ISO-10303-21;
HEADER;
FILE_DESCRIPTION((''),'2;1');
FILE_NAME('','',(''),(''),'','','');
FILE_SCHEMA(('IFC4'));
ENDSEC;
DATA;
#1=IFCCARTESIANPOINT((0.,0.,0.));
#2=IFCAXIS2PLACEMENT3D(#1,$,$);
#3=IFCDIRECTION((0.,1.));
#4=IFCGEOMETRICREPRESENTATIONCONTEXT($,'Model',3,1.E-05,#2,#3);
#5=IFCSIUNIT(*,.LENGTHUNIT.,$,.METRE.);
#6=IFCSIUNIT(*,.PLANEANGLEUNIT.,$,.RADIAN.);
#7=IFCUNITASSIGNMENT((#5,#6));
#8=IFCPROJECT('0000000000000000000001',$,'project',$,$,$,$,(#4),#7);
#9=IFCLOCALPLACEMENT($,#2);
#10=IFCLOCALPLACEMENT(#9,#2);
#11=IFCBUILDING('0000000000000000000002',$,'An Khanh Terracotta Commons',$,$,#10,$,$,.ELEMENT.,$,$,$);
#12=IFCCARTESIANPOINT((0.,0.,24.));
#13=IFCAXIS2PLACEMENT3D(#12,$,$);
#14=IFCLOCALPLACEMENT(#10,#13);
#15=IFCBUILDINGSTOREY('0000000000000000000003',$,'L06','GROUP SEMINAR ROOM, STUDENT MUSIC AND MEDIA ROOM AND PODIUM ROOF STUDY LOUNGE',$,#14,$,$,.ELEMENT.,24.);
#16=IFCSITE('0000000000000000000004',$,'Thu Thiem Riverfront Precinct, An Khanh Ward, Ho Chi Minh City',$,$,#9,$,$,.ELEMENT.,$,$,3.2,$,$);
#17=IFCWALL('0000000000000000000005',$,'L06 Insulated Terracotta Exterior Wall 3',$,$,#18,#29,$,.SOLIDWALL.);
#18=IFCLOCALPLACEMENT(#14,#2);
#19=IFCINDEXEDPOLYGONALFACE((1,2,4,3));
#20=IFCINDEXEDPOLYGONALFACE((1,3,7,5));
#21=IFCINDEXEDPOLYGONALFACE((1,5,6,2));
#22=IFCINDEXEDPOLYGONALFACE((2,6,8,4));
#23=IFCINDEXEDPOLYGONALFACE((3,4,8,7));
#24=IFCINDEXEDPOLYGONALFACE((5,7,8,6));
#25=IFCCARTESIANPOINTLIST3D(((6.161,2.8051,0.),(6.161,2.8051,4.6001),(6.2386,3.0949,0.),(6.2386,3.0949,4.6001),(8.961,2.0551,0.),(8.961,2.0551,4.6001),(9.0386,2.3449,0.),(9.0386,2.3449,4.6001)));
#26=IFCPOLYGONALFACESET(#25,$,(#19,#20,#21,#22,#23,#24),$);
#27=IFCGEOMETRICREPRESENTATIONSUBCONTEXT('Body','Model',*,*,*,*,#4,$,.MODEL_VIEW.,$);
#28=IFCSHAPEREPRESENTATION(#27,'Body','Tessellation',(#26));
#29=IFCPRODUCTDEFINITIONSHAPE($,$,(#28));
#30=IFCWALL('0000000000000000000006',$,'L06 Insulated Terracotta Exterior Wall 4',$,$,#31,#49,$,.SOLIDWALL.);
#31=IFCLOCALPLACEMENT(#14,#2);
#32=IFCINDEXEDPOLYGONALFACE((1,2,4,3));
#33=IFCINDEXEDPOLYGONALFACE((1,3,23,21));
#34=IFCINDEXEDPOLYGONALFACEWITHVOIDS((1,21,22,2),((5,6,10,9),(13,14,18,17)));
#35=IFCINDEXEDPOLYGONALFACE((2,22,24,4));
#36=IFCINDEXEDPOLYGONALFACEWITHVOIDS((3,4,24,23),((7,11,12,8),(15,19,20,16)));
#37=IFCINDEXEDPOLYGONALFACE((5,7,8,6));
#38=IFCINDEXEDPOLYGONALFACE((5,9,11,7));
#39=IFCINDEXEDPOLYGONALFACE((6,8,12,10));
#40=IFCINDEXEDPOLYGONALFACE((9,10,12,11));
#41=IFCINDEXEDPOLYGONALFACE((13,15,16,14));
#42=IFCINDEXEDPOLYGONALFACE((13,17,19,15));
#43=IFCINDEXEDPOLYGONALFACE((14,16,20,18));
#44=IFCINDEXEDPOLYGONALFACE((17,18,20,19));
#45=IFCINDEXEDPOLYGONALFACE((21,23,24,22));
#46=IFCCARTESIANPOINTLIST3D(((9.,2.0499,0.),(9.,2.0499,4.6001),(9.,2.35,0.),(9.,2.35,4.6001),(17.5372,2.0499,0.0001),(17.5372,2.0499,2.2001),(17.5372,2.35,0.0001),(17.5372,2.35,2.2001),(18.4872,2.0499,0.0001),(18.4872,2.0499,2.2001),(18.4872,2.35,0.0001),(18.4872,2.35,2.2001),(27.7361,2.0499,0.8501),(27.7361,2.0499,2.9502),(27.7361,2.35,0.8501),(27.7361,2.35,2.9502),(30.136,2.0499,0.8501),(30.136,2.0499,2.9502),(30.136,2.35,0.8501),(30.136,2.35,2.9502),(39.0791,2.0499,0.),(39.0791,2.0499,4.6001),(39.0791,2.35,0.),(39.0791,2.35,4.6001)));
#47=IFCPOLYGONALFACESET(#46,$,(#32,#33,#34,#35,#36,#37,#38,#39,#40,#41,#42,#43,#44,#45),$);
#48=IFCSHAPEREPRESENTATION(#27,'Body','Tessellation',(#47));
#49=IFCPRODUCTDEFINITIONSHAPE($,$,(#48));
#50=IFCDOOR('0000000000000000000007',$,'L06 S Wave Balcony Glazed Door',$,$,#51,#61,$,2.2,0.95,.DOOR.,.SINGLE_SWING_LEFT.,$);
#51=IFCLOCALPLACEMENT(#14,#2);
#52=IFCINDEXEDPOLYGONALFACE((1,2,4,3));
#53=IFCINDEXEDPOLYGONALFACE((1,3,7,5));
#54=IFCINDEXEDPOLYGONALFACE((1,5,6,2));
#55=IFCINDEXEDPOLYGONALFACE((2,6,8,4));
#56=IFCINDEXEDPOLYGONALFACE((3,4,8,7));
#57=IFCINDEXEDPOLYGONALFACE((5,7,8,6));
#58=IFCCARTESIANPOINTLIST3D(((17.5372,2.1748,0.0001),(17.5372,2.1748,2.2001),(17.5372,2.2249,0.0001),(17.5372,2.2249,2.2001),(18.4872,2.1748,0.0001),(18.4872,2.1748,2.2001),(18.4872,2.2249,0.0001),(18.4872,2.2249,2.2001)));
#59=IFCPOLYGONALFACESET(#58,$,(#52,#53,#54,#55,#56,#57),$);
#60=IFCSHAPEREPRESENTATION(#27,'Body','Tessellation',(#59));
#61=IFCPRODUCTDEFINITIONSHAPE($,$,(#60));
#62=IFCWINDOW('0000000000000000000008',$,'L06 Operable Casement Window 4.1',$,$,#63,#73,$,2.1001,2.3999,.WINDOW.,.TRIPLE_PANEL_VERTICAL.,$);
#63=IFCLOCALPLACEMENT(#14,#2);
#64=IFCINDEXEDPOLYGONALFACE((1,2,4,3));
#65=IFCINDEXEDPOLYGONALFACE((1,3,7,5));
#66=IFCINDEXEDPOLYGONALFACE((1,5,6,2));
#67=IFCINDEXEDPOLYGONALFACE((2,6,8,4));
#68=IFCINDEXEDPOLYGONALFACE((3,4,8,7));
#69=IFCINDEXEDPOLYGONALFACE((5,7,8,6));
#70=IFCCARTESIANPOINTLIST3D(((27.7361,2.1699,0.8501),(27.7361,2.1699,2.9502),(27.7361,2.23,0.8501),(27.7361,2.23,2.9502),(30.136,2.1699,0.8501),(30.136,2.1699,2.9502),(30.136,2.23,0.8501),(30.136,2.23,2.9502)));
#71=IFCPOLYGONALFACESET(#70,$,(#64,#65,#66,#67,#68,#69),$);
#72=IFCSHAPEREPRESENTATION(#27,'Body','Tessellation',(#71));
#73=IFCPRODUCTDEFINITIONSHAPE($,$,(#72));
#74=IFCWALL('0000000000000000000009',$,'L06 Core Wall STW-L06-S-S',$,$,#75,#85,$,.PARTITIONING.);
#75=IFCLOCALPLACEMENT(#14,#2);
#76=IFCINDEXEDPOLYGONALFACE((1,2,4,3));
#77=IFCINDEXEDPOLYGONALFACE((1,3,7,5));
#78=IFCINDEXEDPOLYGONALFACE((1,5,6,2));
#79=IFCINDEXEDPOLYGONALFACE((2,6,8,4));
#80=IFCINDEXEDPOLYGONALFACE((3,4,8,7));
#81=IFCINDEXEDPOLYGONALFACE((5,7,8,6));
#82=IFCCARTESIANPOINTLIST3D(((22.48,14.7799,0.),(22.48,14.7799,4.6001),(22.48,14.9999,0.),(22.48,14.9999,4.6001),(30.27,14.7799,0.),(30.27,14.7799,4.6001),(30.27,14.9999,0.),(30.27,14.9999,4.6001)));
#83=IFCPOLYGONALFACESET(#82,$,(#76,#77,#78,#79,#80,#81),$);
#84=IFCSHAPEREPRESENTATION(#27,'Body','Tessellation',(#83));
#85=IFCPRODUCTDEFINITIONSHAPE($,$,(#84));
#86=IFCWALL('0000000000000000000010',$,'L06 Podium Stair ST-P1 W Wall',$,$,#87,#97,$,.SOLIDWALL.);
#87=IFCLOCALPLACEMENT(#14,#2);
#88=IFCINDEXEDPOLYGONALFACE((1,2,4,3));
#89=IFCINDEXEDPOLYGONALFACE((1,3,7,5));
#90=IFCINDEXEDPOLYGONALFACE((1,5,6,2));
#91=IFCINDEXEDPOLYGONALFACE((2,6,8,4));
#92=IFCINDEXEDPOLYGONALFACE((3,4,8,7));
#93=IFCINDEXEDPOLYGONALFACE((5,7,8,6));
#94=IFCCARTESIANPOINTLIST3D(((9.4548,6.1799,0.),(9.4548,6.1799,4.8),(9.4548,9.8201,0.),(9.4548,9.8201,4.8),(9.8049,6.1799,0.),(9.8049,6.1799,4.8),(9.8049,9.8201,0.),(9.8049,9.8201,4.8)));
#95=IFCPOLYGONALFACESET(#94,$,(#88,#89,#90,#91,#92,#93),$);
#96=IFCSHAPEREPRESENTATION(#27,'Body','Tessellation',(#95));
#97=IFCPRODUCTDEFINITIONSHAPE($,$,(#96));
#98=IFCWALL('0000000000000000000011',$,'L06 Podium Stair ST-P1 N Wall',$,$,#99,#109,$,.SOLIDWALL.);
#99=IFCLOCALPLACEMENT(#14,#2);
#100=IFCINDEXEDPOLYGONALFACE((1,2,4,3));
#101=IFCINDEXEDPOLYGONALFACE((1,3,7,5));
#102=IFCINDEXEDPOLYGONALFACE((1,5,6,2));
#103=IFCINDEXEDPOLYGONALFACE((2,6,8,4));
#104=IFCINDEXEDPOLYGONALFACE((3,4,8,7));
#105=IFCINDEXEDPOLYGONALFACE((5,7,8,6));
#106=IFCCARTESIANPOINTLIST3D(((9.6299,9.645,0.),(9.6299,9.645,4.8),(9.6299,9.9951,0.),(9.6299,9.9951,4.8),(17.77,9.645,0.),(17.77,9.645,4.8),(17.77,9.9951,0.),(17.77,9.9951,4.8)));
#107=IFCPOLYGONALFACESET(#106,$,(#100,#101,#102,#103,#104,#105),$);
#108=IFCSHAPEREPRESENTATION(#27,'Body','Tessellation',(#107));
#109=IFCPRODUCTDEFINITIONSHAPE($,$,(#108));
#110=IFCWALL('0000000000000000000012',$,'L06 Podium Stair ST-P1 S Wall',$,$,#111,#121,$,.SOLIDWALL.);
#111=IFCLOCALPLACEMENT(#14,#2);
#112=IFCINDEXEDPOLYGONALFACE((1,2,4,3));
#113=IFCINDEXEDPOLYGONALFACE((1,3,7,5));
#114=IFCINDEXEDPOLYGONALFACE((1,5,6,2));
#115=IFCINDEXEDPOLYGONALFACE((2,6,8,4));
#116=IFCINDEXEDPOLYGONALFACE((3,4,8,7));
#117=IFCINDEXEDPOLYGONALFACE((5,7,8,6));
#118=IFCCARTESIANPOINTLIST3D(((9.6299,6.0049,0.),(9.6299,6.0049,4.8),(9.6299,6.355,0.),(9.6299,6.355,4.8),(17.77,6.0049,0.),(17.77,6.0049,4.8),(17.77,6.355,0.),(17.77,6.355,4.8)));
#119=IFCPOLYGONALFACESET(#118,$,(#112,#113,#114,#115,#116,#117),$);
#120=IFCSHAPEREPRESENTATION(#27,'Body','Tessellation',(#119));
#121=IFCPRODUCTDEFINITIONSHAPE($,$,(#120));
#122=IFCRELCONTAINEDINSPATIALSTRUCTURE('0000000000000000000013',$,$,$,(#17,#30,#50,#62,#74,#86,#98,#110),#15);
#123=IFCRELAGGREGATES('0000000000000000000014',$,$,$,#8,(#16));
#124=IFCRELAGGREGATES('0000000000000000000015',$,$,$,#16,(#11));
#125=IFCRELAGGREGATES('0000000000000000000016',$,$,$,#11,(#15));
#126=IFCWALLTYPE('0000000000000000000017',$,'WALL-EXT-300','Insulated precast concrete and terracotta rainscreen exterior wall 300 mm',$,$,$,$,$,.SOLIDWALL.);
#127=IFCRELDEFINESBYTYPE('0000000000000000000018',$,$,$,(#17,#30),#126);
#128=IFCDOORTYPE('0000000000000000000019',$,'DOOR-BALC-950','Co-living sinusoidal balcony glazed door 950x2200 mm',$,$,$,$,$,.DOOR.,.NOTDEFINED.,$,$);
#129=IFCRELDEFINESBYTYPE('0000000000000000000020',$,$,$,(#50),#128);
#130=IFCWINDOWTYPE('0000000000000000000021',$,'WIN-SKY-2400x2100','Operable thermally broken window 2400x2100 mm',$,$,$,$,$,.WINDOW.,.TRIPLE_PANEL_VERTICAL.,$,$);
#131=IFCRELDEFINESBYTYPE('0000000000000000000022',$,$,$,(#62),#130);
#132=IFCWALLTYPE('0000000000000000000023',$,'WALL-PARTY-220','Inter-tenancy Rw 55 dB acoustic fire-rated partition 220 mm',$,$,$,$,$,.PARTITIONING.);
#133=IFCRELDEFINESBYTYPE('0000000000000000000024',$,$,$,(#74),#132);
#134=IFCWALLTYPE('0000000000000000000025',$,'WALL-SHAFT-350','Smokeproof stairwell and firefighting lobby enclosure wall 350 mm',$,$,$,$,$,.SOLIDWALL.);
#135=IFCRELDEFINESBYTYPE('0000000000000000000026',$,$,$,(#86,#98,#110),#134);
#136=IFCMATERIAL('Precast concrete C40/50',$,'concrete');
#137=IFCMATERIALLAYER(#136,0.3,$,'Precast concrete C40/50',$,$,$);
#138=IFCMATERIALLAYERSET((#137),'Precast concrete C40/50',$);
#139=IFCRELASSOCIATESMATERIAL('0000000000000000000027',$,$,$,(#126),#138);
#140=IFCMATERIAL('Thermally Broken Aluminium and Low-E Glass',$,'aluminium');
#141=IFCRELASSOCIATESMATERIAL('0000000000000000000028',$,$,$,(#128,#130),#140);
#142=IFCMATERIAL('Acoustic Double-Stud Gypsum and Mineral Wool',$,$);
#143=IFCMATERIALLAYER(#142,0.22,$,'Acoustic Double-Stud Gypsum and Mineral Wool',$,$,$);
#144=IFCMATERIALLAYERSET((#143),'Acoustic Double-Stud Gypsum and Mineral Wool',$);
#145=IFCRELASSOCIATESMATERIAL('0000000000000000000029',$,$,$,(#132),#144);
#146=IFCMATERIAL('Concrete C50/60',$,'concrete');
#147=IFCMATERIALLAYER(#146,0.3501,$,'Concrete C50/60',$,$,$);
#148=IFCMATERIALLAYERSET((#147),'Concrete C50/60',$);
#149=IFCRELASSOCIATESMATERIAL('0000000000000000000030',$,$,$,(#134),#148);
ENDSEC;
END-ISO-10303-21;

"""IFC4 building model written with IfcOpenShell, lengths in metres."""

from ifc_helpers import new_model, si_unit, direction, frame, frame_2d, origin, place, context, subcontext, project, spatial, rectangle, extrude, material, layer, layer_set, type_object, element, fill, save


model = new_model("IFC4")

# Units and contexts
model_context = context("Model", 3, precision=1e-05, world=origin(), true_north=direction((0.0, 1.0)))
body_context = subcontext(model_context, "Body", "Model", "MODEL_VIEW")
ifc_project = project(units=[si_unit("LENGTHUNIT", "METRE"), si_unit("PLANEANGLEUNIT", "RADIAN")], contexts=[model_context])

# Site, building, storey
site_placement = place(None, origin())
site = spatial("IfcSite", under=ifc_project, at=site_placement, Name="Thu Thiem Riverfront Precinct, An Khanh Ward, Ho Chi Minh City", CompositionType="ELEMENT", RefElevation=3.2)
building_placement = place(site_placement, origin())
building = spatial("IfcBuilding", under=site, at=building_placement, Name="An Khanh Terracotta Commons", CompositionType="ELEMENT")
storey_placement = place(building_placement, frame((0.0, 0.0, 24.0)))
storey = spatial("IfcBuildingStorey", under=building, at=storey_placement, Name="L06", Description="GROUP SEMINAR ROOM, STUDENT MUSIC AND MEDIA ROOM AND PODIUM ROOF STUDY LOUNGE", CompositionType="ELEMENT", Elevation=24.0)

# Wall
ifc_material_1 = material(Name="Precast concrete C40/50", Category="concrete")
ifc_layer_1 = layer(ifc_material_1, 0.3, Name="Precast concrete C40/50")
ifc_layer_set_1 = layer_set([ifc_layer_1], Name="Precast concrete C40/50")
wall_type_1 = type_object("IfcWallType", Name="WALL-EXT-300", Description="Insulated precast concrete and terracotta rainscreen exterior wall 300 mm", PredefinedType="SOLIDWALL", material=ifc_layer_set_1)
wall_1_placement = place(storey_placement, frame((6.2, 2.95, 0.0), z_axis=(0.0, 0.0, 1.0), x_axis=(0.965949, -0.258732, 0.0)))
element("IfcWall", 1, at=wall_1_placement, inside=storey, type_object=wall_type_1, Name="L06 Insulated Terracotta Exterior Wall 3", PredefinedType="SOLIDWALL", context=body_context, shape_type="SweptSolid", body=[
    extrude(rectangle(XDim=2.8987, YDim=0.3, at=frame_2d((1.4492, 0.0))), origin(), (0.0, 0.0, 1.0), 4.6001),
])

# Wall, openings, door, window
wall_2_placement = place(storey_placement, frame((9.0, 2.2, 0.0), z_axis=(0.0, 0.0, 1.0), x_axis=(1.0, 0.0, 0.0)))
wall_2 = element("IfcWall", 2, at=wall_2_placement, inside=storey, type_object=wall_type_1, Name="L06 Insulated Terracotta Exterior Wall 4", PredefinedType="SOLIDWALL", context=body_context, shape_type="SweptSolid", body=[
    extrude(rectangle(XDim=30.0791, YDim=0.3, at=frame_2d((15.0396, 0.0))), origin(), (0.0, 0.0, 1.0), 4.6001),
])
opening_1_placement = place(wall_2_placement, frame((8.5371, 0.0, 0.0)))
opening_1 = element("IfcOpeningElement", 3, at=opening_1_placement, cuts=wall_2, PredefinedType="OPENING", context=body_context, shape_type="SweptSolid", body=[
    extrude(rectangle(XDim=0.95, YDim=2.2, at=frame_2d((0.4751, 1.1001))), frame((0.0, 0.1599, 0.0), z_axis=(0.0, -1.0, 0.0), x_axis=(1.0, 0.0, 0.0)), (0.0, 0.0, 1.0), 0.3201),
])
opening_2_placement = place(wall_2_placement, frame((18.7361, 0.0, 0.8501)))
opening_2 = element("IfcOpeningElement", 4, at=opening_2_placement, cuts=wall_2, PredefinedType="OPENING", context=body_context, shape_type="SweptSolid", body=[
    extrude(rectangle(XDim=2.3999, YDim=2.1001, at=frame_2d((1.2, 1.05))), frame((0.0, 0.1599, 0.0), z_axis=(0.0, -1.0, 0.0), x_axis=(1.0, 0.0, 0.0)), (0.0, 0.0, 1.0), 0.3201),
])
ifc_material_2 = material(Name="Thermally Broken Aluminium and Low-E Glass", Category="aluminium")
door_type_1 = type_object("IfcDoorType", Name="DOOR-BALC-950", Description="Co-living sinusoidal balcony glazed door 950x2200 mm", OperationType="NOTDEFINED", PredefinedType="DOOR", material=ifc_material_2)
door_1_placement = place(opening_1_placement, origin())
door_1 = element("IfcDoor", 5, at=door_1_placement, inside=storey, type_object=door_type_1, Name="L06 S Wave Balcony Glazed Door", OperationType="SINGLE_SWING_LEFT", OverallHeight=2.2, OverallWidth=0.95, PredefinedType="DOOR", context=body_context, shape_type="SweptSolid", body=[
    extrude(rectangle(XDim=0.95, YDim=2.2, at=frame_2d((0.4751, 1.1001))), frame((0.0, 0.0249, 0.0), z_axis=(0.0, -1.0, 0.0), x_axis=(1.0, 0.0, 0.0)), (0.0, 0.0, 1.0), 0.05),
])
fill(opening_1, door_1)
window_type = type_object("IfcWindowType", Name="WIN-SKY-2400x2100", Description="Operable thermally broken window 2400x2100 mm", PartitioningType="TRIPLE_PANEL_VERTICAL", PredefinedType="WINDOW", material=ifc_material_2)
window_placement = place(opening_2_placement, origin())
window = element("IfcWindow", 6, at=window_placement, inside=storey, type_object=window_type, Name="L06 Operable Casement Window 4.1", OverallHeight=2.1001, OverallWidth=2.3999, PartitioningType="TRIPLE_PANEL_VERTICAL", PredefinedType="WINDOW", context=body_context, shape_type="SweptSolid", body=[
    extrude(rectangle(XDim=2.3999, YDim=2.1001, at=frame_2d((1.2, 1.05))), frame((0.0, 0.03, 0.0), z_axis=(0.0, -1.0, 0.0), x_axis=(1.0, 0.0, 0.0)), (0.0, 0.0, 1.0), 0.0601),
])
fill(opening_2, window)

# Walls
ifc_material_3 = material(Name="Acoustic Double-Stud Gypsum and Mineral Wool")
ifc_layer_2 = layer(ifc_material_3, 0.22, Name="Acoustic Double-Stud Gypsum and Mineral Wool")
ifc_layer_set_2 = layer_set([ifc_layer_2], Name="Acoustic Double-Stud Gypsum and Mineral Wool")
wall_type_2 = type_object("IfcWallType", Name="WALL-PARTY-220", Description="Inter-tenancy Rw 55 dB acoustic fire-rated partition 220 mm", PredefinedType="PARTITIONING", material=ifc_layer_set_2)
wall_3_placement = place(storey_placement, frame((22.48, 14.8899, 0.0), z_axis=(0.0, 0.0, 1.0), x_axis=(1.0, 0.0, 0.0)))
element("IfcWall", 7, at=wall_3_placement, inside=storey, type_object=wall_type_2, Name="L06 Core Wall STW-L06-S-S", PredefinedType="PARTITIONING", context=body_context, shape_type="SweptSolid", body=[
    extrude(rectangle(XDim=7.79, YDim=0.22, at=frame_2d((3.895, 0.0))), origin(), (0.0, 0.0, 1.0), 4.6001),
])
ifc_material_4 = material(Name="Concrete C50/60", Category="concrete")
ifc_layer_3 = layer(ifc_material_4, 0.3501, Name="Concrete C50/60")
ifc_layer_set_3 = layer_set([ifc_layer_3], Name="Concrete C50/60")
wall_type_3 = type_object("IfcWallType", Name="WALL-SHAFT-350", Description="Smokeproof stairwell and firefighting lobby enclosure wall 350 mm", PredefinedType="SOLIDWALL", material=ifc_layer_set_3)
wall_4_placement = place(storey_placement, frame((9.6299, 6.1799, 0.0), z_axis=(0.0, 0.0, 1.0), x_axis=(0.0, 1.0, 0.0)))
element("IfcWall", 8, at=wall_4_placement, inside=storey, type_object=wall_type_3, Name="L06 Podium Stair ST-P1 W Wall", PredefinedType="SOLIDWALL", context=body_context, shape_type="SweptSolid", body=[
    extrude(rectangle(XDim=3.6401, YDim=0.3501, at=frame_2d((1.8201, 0.0))), origin(), (0.0, 0.0, 1.0), 4.8),
])
for number, where, z_axis, x_axis, name in (
    (9, (9.6299, 9.8201, 0.0), (0.0, 0.0, 1.0), (1.0, 0.0, 0.0), "L06 Podium Stair ST-P1 N Wall"),
    (10, (17.77, 6.1799, 0.0), (0.0, 0.0, 1.0), (-1.0, 0.0, 0.0), "L06 Podium Stair ST-P1 S Wall"),
):
    element("IfcWall", number, at=place(storey_placement, frame(where, z_axis=z_axis, x_axis=x_axis)), inside=storey, type_object=wall_type_3, Name=name, PredefinedType="SOLIDWALL", context=body_context, shape_type="SweptSolid", body=[
        extrude(rectangle(XDim=8.1401, YDim=0.3501, at=frame_2d((4.0701, 0.0))), origin(), (0.0, 0.0, 1.0), 4.8),
    ])

save(model, "model.ifc")
